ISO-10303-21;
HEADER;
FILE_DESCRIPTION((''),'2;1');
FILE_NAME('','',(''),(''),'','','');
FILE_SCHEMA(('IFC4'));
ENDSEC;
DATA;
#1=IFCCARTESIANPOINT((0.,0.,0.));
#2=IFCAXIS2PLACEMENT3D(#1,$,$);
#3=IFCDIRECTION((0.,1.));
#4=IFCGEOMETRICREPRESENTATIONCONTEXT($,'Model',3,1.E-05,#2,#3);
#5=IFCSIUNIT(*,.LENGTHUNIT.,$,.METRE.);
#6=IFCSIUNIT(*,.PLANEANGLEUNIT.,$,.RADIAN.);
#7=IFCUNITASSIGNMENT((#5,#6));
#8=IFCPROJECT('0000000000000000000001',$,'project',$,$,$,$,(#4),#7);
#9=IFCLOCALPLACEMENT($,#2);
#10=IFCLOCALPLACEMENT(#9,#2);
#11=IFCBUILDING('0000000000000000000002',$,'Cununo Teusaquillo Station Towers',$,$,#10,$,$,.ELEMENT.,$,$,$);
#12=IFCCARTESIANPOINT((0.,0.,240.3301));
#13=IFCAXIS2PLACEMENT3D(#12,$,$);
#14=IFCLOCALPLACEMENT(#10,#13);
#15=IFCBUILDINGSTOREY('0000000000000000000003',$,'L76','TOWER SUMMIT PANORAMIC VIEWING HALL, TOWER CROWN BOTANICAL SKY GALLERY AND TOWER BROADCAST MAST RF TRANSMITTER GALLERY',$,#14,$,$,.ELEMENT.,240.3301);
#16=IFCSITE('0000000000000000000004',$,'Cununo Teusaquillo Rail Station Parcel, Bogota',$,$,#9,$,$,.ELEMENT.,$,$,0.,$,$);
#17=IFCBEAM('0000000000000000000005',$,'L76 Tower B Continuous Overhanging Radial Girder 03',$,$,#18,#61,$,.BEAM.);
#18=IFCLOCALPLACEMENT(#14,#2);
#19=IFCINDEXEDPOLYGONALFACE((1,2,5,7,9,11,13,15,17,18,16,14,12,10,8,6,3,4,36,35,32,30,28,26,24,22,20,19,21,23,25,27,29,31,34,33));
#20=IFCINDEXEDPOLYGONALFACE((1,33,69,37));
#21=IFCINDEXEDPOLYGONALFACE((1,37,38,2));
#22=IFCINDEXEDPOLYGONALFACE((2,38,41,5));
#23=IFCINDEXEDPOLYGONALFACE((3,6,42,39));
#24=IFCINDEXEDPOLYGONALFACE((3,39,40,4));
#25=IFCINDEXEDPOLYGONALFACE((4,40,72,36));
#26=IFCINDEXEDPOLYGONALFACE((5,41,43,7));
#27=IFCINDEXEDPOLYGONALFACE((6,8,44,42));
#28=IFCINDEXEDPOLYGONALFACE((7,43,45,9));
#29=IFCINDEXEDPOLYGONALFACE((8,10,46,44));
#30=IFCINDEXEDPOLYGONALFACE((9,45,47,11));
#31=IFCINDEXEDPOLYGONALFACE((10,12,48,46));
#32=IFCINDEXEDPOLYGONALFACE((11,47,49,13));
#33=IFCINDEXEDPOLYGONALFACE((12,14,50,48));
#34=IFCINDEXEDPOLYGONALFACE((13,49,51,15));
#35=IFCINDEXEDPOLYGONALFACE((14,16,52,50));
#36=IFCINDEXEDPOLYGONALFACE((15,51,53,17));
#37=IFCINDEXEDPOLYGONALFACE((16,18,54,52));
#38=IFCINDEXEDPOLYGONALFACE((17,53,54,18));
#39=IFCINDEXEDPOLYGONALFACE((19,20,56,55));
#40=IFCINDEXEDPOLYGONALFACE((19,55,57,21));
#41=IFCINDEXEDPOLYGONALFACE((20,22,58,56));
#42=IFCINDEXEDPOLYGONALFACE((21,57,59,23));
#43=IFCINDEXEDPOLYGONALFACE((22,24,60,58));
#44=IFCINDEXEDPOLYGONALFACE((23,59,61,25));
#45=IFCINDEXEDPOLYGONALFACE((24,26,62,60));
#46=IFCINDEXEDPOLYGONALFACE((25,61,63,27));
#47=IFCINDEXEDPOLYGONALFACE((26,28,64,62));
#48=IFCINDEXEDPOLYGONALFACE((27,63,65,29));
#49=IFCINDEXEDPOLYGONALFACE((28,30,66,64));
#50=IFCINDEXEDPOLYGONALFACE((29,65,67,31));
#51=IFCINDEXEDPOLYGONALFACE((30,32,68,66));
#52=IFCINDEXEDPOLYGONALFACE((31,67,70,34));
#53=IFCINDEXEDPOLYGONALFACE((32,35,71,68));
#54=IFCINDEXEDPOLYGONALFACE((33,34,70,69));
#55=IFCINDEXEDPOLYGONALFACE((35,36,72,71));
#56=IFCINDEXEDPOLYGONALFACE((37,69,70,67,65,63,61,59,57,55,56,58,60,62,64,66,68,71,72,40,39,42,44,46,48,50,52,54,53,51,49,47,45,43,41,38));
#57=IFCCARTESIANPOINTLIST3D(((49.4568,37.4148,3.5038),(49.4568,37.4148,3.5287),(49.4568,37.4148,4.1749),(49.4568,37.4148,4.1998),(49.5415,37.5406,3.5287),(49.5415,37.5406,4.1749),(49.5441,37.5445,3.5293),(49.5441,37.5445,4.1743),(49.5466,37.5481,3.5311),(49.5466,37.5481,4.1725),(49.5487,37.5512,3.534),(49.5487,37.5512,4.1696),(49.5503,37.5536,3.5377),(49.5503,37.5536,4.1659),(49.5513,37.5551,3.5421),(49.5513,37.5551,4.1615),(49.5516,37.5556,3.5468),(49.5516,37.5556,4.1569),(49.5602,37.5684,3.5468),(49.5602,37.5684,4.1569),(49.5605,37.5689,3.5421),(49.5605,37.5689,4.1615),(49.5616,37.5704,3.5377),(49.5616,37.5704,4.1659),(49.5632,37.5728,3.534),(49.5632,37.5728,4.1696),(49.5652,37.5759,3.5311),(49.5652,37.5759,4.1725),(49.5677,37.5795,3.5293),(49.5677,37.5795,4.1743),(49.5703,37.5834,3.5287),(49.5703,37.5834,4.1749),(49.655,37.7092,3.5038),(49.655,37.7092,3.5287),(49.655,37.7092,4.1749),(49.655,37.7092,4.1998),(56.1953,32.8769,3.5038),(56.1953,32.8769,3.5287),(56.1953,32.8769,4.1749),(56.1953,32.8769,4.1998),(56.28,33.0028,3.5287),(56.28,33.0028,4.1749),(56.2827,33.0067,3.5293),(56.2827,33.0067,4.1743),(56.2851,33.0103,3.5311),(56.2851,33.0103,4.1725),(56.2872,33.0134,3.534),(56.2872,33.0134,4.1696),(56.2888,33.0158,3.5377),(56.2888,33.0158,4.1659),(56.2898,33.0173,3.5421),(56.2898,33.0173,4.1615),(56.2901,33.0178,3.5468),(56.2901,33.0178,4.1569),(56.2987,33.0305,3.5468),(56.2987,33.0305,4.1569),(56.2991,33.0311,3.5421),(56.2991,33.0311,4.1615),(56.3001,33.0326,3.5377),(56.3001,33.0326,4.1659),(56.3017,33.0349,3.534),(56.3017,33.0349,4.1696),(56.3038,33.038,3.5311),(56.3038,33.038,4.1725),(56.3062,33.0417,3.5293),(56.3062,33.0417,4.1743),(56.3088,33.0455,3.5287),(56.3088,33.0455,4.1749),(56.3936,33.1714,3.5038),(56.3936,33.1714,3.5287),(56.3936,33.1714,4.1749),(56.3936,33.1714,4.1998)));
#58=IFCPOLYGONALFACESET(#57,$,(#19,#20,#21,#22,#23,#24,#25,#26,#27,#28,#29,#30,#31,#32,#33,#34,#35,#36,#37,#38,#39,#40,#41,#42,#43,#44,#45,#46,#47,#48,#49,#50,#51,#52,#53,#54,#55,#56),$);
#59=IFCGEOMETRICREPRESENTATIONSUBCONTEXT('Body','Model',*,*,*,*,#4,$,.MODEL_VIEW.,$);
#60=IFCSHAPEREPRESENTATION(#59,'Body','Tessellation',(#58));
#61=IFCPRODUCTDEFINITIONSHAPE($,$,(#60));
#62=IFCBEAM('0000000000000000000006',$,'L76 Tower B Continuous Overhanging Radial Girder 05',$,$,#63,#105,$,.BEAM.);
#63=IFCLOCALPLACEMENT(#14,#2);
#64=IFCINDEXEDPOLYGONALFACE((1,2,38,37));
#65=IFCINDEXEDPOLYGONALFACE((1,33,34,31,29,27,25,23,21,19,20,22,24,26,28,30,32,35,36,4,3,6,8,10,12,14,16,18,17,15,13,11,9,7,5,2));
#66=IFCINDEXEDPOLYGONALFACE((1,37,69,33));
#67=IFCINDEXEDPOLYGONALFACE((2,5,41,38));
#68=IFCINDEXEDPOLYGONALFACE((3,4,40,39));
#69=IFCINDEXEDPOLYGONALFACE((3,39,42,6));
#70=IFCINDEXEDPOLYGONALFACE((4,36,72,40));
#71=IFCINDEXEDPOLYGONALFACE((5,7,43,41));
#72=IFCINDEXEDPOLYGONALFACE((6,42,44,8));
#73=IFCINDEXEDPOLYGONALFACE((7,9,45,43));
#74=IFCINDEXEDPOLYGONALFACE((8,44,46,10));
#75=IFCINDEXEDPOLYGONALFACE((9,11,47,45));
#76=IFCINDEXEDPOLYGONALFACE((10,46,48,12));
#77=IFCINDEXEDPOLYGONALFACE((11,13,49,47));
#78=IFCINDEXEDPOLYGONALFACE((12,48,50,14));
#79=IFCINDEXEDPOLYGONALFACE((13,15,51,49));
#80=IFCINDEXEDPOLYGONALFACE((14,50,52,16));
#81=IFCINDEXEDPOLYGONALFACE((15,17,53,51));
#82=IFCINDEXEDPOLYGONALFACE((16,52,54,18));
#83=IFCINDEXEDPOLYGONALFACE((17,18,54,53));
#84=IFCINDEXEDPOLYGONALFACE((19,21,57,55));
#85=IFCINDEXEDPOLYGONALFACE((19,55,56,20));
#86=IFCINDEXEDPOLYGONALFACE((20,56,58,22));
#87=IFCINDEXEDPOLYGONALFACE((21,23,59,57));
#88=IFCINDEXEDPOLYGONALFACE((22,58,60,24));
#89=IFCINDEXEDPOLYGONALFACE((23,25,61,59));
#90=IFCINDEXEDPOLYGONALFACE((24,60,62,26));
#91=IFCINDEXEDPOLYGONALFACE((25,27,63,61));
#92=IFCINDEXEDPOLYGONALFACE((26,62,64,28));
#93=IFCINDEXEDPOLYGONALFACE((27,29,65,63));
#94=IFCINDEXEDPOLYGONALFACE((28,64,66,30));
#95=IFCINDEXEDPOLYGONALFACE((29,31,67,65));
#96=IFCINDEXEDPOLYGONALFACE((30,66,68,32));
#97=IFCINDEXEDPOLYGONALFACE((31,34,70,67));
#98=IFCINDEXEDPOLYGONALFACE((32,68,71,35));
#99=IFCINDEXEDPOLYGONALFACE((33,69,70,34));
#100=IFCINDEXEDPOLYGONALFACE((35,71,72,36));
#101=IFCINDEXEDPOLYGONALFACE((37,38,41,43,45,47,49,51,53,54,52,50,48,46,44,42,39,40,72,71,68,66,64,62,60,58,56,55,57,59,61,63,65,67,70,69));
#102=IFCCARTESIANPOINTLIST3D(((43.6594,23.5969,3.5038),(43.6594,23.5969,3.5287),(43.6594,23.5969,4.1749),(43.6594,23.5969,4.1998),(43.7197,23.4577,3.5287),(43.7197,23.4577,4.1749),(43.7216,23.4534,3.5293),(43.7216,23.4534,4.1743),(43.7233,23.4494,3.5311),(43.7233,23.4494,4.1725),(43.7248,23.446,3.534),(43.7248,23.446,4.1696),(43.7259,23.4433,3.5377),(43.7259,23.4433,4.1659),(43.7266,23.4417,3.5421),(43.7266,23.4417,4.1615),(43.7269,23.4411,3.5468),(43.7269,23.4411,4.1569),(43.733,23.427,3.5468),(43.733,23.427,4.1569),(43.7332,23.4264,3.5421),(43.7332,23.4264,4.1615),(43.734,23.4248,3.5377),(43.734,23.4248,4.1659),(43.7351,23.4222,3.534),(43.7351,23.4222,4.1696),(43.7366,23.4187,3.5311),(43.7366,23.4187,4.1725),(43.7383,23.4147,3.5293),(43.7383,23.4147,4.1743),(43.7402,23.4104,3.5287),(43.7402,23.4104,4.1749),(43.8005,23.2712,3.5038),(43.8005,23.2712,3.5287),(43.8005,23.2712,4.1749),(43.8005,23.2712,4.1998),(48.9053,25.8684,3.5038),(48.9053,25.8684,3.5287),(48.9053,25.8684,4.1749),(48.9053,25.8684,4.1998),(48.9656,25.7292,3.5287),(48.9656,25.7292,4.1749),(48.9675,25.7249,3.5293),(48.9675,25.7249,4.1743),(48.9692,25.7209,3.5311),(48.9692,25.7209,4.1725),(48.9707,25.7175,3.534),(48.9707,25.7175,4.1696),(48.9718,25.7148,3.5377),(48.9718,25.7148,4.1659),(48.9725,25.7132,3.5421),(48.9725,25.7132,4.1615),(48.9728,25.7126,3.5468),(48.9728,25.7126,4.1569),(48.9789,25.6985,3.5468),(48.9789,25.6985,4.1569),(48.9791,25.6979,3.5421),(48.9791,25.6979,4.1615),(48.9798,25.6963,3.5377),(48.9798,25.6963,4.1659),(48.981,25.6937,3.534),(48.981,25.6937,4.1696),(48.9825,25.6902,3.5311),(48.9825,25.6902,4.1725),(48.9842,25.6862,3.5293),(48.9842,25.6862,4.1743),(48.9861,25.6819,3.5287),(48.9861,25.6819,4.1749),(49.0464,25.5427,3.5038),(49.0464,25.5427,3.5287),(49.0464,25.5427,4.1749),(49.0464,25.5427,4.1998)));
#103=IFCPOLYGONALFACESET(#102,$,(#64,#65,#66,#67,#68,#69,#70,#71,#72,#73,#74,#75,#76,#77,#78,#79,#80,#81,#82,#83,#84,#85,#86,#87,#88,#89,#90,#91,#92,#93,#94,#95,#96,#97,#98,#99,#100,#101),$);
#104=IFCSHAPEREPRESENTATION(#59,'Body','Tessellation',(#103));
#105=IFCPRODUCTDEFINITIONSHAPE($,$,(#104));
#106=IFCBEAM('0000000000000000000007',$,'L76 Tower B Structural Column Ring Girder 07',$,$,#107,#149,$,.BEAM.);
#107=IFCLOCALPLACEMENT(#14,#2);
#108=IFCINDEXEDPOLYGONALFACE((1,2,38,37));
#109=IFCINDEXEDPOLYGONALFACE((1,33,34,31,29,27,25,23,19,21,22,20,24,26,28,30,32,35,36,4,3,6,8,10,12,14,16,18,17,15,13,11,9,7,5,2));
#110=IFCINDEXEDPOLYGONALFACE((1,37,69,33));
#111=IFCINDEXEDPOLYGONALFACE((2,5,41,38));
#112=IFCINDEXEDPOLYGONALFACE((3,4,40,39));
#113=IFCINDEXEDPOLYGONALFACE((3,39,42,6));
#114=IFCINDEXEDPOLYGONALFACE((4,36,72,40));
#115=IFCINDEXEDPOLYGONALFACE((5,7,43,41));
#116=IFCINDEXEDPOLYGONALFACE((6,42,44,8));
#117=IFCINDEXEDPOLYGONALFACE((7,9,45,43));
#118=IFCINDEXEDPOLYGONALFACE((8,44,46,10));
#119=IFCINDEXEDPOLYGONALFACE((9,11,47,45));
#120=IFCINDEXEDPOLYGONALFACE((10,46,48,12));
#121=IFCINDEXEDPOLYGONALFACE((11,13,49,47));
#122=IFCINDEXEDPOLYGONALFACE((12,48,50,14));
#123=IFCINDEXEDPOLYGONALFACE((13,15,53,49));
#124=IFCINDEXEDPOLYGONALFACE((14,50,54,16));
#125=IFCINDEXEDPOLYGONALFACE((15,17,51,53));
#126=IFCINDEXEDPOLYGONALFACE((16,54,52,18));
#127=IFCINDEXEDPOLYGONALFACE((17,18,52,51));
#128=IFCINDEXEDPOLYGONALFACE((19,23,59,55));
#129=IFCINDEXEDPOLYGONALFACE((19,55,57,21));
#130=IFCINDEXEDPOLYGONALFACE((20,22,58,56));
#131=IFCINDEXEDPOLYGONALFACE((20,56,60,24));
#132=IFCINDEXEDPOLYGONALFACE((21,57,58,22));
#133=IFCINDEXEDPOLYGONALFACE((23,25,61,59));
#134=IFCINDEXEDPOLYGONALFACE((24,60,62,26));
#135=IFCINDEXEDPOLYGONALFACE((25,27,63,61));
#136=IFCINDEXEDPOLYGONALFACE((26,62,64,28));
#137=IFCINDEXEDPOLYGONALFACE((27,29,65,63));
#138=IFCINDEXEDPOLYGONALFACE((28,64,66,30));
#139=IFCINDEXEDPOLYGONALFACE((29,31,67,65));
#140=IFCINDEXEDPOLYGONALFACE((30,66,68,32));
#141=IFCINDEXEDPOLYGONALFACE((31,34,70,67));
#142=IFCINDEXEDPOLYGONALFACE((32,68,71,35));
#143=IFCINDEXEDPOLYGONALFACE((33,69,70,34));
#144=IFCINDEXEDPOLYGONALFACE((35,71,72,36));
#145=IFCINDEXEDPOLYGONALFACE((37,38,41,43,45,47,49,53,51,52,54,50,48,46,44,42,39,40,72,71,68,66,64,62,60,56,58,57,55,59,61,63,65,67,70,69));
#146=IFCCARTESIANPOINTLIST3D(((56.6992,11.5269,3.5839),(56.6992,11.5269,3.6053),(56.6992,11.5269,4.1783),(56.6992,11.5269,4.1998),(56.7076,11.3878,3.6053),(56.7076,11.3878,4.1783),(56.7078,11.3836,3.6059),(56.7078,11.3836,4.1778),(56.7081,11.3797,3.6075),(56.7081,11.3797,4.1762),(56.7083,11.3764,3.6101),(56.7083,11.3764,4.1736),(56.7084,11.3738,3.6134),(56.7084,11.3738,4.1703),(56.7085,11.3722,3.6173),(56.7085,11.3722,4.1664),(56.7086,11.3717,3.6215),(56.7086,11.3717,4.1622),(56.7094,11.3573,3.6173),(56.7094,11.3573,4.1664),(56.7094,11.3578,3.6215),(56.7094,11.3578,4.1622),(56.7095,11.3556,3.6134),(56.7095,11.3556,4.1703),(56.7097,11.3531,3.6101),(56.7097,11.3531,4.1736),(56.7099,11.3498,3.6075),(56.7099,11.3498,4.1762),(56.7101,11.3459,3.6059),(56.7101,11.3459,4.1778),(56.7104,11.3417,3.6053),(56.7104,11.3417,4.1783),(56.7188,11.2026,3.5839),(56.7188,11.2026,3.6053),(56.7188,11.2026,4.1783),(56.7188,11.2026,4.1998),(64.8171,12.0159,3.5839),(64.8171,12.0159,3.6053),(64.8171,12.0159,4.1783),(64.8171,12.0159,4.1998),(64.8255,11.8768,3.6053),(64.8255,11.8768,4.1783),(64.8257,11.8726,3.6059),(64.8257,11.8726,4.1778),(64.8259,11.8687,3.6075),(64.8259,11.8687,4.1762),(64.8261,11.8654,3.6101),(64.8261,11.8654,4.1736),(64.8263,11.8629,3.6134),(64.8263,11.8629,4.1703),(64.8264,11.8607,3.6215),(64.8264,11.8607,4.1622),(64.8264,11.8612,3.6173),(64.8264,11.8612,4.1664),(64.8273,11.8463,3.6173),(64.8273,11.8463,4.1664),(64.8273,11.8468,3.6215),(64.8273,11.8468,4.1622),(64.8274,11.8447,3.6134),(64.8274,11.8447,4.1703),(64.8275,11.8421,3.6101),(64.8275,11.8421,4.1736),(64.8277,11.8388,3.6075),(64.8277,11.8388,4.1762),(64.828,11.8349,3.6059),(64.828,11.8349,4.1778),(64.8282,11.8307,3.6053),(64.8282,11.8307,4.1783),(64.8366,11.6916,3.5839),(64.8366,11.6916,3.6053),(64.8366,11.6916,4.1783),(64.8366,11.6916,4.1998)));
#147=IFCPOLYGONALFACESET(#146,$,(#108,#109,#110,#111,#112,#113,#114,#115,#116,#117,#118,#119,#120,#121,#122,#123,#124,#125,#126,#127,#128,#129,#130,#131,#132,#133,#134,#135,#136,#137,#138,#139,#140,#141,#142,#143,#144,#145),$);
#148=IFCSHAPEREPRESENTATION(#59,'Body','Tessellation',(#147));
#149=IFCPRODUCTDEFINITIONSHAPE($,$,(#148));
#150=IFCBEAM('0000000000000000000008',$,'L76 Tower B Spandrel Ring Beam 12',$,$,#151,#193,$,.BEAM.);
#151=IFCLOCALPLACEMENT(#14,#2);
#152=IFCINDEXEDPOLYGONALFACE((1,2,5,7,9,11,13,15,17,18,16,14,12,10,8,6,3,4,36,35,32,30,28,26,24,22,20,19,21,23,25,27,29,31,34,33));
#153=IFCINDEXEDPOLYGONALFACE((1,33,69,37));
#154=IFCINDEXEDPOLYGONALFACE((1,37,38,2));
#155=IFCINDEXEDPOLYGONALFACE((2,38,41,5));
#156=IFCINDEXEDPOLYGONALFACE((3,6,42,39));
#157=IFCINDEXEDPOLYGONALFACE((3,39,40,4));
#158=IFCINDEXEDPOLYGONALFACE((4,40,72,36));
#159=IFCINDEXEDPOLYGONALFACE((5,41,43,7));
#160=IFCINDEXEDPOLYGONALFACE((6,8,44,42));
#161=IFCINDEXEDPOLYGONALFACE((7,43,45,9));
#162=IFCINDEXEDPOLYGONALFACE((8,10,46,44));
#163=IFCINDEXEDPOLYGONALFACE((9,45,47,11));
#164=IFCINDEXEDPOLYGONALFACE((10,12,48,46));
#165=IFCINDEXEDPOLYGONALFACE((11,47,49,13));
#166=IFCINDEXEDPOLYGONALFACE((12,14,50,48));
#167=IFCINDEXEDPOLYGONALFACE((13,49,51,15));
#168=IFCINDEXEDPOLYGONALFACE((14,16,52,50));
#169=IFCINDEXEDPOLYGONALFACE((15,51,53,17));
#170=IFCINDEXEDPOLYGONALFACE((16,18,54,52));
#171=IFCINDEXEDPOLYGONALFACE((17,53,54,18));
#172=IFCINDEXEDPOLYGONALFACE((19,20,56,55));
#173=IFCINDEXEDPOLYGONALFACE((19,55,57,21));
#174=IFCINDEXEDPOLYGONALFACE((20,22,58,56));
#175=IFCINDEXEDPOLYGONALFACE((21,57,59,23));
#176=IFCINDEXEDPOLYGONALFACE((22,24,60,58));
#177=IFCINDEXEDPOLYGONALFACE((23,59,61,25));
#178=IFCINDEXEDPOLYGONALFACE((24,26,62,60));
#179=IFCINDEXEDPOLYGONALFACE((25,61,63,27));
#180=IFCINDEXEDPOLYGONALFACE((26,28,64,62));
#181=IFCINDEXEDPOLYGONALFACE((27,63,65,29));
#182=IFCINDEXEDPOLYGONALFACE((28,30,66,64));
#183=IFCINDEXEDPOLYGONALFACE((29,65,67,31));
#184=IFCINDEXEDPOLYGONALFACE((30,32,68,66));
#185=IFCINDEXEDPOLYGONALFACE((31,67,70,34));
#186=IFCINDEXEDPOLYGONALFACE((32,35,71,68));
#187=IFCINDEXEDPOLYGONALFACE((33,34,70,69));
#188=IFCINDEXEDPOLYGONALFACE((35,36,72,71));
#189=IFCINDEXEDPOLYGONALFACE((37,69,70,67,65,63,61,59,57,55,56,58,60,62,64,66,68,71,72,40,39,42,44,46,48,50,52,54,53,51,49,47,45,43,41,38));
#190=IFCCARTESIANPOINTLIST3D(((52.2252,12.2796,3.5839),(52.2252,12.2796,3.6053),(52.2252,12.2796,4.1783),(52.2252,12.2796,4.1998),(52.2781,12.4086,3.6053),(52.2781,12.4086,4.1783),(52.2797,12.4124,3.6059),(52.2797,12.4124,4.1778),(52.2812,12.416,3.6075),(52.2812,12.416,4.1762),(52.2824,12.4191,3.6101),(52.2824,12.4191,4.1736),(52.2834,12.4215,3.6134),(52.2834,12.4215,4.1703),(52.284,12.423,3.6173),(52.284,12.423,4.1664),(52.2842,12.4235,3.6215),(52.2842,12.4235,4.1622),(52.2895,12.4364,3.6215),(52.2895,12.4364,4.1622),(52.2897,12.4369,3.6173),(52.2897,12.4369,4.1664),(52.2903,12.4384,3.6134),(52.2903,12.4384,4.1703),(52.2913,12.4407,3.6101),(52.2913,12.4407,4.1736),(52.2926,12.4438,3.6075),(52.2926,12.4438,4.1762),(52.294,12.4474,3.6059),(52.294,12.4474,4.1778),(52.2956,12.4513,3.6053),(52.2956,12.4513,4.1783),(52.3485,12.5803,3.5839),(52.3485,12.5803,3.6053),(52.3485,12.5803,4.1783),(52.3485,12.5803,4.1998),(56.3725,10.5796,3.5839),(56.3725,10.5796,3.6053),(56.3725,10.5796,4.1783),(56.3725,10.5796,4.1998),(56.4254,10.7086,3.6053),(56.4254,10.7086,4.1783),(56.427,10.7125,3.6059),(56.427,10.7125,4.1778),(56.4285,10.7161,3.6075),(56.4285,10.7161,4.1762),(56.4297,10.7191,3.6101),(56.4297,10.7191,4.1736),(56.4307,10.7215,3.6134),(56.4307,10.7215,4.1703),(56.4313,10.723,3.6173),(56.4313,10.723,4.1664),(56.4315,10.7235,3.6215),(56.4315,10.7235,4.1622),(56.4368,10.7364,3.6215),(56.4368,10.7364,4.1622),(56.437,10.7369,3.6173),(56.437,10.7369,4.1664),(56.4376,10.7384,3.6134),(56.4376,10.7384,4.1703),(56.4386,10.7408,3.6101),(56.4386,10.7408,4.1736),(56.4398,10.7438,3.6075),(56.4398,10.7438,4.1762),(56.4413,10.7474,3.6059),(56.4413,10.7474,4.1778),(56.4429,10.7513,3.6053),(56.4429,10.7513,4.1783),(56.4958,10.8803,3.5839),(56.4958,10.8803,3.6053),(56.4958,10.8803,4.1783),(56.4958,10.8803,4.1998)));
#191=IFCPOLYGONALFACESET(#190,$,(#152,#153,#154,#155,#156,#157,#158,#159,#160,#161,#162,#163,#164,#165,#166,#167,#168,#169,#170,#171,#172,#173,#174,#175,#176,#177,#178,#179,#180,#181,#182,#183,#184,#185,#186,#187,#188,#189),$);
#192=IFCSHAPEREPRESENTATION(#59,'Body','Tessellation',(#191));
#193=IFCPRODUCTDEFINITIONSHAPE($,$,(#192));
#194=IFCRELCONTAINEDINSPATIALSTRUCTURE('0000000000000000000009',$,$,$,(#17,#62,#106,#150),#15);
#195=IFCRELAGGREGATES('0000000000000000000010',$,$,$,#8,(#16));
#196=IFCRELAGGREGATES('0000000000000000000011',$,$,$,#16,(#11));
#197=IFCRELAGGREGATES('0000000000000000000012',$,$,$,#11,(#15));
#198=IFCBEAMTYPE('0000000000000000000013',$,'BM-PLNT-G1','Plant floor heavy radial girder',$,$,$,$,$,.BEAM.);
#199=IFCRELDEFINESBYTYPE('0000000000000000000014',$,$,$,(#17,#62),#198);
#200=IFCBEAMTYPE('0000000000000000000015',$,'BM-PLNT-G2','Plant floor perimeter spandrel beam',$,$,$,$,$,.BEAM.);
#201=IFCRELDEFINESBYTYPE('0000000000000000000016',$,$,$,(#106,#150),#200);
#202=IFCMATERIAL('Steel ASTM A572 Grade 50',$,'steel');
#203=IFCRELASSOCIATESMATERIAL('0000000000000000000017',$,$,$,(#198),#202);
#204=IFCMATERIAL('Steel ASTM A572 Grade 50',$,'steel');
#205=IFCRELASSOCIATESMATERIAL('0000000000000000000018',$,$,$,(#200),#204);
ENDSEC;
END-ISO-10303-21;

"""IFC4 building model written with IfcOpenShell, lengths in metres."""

from ifc_helpers import new_model, si_unit, direction, frame, origin, origin_2d, place, context, subcontext, project, spatial, i_section, extrude, material, material_profile, profile_set, type_object, element, save


model = new_model("IFC4")

# Units and contexts
model_context = context("Model", 3, precision=1e-05, world=origin(), true_north=direction((0.0, 1.0)))
body_context = subcontext(model_context, "Body", "Model", "MODEL_VIEW")
ifc_project = project(units=[si_unit("LENGTHUNIT", "METRE"), si_unit("PLANEANGLEUNIT", "RADIAN")], contexts=[model_context])

# Site, building, storey
site_placement = place(None, origin())
site = spatial("IfcSite", under=ifc_project, at=site_placement, Name="Cununo Teusaquillo Rail Station Parcel, Bogota", CompositionType="ELEMENT", RefElevation=0.0)
building_placement = place(site_placement, origin())
building = spatial("IfcBuilding", under=site, at=building_placement, Name="Cununo Teusaquillo Station Towers", CompositionType="ELEMENT")
storey_placement = place(building_placement, frame((0.0, 0.0, 240.3301)))
storey = spatial("IfcBuildingStorey", under=building, at=storey_placement, Name="L76", Description="TOWER SUMMIT PANORAMIC VIEWING HALL, TOWER CROWN BOTANICAL SKY GALLERY AND TOWER BROADCAST MAST RF TRANSMITTER GALLERY", CompositionType="ELEMENT", Elevation=240.3301)

# Beams
ifc_material_1 = material(Name="Steel ASTM A572 Grade 50", Category="steel")
ifc_material_profile_1 = material_profile(ifc_material_1, i_section(OverallWidth=0.355, OverallDepth=0.696, WebThickness=0.0154, FlangeThickness=0.0249, FilletRadius=0.0181, at=origin_2d()), Name="W27X146")
ifc_profile_set_1 = profile_set([ifc_material_profile_1], Name="Steel ASTM A572 Grade 50")
beam_type_1 = type_object("IfcBeamType", Name="BM-PLNT-G1", Description="Plant floor heavy radial girder", PredefinedType="BEAM", material=ifc_profile_set_1)
beam_1_placement = place(storey_placement, frame((56.2944, 33.0242, 3.8518), z_axis=(-0.829457, 0.558571, 0.0), x_axis=(-0.558571, -0.829457, 0.0)))
element("IfcBeam", 1, at=beam_1_placement, inside=storey, type_object=beam_type_1, Name="L76 Tower B Continuous Overhanging Radial Girder 03", PredefinedType="BEAM", context=body_context, shape_type="SweptSolid", body=[
    extrude(i_section(OverallWidth=0.355, OverallDepth=0.696, WebThickness=0.0154, FlangeThickness=0.0249, FilletRadius=0.0181, at=origin_2d()), origin(), (0.0, 0.0, 1.0), 8.124),
])
beam_2_placement = place(storey_placement, frame((48.9758, 25.7056, 3.8518), z_axis=(-0.917665, -0.397355, 0.0), x_axis=(0.397355, -0.917665, 0.0)))
element("IfcBeam", 2, at=beam_2_placement, inside=storey, type_object=beam_type_1, Name="L76 Tower B Continuous Overhanging Radial Girder 05", PredefinedType="BEAM", context=body_context, shape_type="SweptSolid", body=[
    extrude(i_section(OverallWidth=0.355, OverallDepth=0.696, WebThickness=0.0154, FlangeThickness=0.0249, FilletRadius=0.0181, at=origin_2d()), origin(), (0.0, 0.0, 1.0), 5.7166),
])
ifc_material_2 = material(Name="Steel ASTM A572 Grade 50", Category="steel")
ifc_material_profile_2 = material_profile(ifc_material_2, i_section(OverallWidth=0.325, OverallDepth=0.616, WebThickness=0.0139, FlangeThickness=0.0215, FilletRadius=0.0161, at=origin_2d()), Name="W24X117")
ifc_profile_set_2 = profile_set([ifc_material_profile_2], Name="Steel ASTM A572 Grade 50")
beam_type_2 = type_object("IfcBeamType", Name="BM-PLNT-G2", Description="Plant floor perimeter spandrel beam", PredefinedType="BEAM", material=ifc_profile_set_2)
beam_3_placement = place(storey_placement, frame((56.709, 11.3647, 3.8918), z_axis=(0.998191, 0.06013, 0.0), x_axis=(-0.06013, 0.998191, 0.0)))
element("IfcBeam", 3, at=beam_3_placement, inside=storey, type_object=beam_type_2, Name="L76 Tower B Structural Column Ring Girder 07", PredefinedType="BEAM", context=body_context, shape_type="SweptSolid", body=[
    extrude(i_section(OverallWidth=0.325, OverallDepth=0.616, WebThickness=0.0139, FlangeThickness=0.0215, FilletRadius=0.0161, at=origin_2d()), origin(), (0.0, 0.0, 1.0), 8.1326),
])
beam_4_placement = place(storey_placement, frame((52.2869, 12.4299, 3.8918), z_axis=(0.925284, -0.379275, 0.0), x_axis=(0.379275, 0.925284, 0.0)))
element("IfcBeam", 4, at=beam_4_placement, inside=storey, type_object=beam_type_2, Name="L76 Tower B Spandrel Ring Beam 12", PredefinedType="BEAM", context=body_context, shape_type="SweptSolid", body=[
    extrude(i_section(OverallWidth=0.325, OverallDepth=0.616, WebThickness=0.0139, FlangeThickness=0.0215, FilletRadius=0.0161, at=origin_2d()), origin(), (0.0, 0.0, 1.0), 4.4822),
])

save(model, "model.ifc")
